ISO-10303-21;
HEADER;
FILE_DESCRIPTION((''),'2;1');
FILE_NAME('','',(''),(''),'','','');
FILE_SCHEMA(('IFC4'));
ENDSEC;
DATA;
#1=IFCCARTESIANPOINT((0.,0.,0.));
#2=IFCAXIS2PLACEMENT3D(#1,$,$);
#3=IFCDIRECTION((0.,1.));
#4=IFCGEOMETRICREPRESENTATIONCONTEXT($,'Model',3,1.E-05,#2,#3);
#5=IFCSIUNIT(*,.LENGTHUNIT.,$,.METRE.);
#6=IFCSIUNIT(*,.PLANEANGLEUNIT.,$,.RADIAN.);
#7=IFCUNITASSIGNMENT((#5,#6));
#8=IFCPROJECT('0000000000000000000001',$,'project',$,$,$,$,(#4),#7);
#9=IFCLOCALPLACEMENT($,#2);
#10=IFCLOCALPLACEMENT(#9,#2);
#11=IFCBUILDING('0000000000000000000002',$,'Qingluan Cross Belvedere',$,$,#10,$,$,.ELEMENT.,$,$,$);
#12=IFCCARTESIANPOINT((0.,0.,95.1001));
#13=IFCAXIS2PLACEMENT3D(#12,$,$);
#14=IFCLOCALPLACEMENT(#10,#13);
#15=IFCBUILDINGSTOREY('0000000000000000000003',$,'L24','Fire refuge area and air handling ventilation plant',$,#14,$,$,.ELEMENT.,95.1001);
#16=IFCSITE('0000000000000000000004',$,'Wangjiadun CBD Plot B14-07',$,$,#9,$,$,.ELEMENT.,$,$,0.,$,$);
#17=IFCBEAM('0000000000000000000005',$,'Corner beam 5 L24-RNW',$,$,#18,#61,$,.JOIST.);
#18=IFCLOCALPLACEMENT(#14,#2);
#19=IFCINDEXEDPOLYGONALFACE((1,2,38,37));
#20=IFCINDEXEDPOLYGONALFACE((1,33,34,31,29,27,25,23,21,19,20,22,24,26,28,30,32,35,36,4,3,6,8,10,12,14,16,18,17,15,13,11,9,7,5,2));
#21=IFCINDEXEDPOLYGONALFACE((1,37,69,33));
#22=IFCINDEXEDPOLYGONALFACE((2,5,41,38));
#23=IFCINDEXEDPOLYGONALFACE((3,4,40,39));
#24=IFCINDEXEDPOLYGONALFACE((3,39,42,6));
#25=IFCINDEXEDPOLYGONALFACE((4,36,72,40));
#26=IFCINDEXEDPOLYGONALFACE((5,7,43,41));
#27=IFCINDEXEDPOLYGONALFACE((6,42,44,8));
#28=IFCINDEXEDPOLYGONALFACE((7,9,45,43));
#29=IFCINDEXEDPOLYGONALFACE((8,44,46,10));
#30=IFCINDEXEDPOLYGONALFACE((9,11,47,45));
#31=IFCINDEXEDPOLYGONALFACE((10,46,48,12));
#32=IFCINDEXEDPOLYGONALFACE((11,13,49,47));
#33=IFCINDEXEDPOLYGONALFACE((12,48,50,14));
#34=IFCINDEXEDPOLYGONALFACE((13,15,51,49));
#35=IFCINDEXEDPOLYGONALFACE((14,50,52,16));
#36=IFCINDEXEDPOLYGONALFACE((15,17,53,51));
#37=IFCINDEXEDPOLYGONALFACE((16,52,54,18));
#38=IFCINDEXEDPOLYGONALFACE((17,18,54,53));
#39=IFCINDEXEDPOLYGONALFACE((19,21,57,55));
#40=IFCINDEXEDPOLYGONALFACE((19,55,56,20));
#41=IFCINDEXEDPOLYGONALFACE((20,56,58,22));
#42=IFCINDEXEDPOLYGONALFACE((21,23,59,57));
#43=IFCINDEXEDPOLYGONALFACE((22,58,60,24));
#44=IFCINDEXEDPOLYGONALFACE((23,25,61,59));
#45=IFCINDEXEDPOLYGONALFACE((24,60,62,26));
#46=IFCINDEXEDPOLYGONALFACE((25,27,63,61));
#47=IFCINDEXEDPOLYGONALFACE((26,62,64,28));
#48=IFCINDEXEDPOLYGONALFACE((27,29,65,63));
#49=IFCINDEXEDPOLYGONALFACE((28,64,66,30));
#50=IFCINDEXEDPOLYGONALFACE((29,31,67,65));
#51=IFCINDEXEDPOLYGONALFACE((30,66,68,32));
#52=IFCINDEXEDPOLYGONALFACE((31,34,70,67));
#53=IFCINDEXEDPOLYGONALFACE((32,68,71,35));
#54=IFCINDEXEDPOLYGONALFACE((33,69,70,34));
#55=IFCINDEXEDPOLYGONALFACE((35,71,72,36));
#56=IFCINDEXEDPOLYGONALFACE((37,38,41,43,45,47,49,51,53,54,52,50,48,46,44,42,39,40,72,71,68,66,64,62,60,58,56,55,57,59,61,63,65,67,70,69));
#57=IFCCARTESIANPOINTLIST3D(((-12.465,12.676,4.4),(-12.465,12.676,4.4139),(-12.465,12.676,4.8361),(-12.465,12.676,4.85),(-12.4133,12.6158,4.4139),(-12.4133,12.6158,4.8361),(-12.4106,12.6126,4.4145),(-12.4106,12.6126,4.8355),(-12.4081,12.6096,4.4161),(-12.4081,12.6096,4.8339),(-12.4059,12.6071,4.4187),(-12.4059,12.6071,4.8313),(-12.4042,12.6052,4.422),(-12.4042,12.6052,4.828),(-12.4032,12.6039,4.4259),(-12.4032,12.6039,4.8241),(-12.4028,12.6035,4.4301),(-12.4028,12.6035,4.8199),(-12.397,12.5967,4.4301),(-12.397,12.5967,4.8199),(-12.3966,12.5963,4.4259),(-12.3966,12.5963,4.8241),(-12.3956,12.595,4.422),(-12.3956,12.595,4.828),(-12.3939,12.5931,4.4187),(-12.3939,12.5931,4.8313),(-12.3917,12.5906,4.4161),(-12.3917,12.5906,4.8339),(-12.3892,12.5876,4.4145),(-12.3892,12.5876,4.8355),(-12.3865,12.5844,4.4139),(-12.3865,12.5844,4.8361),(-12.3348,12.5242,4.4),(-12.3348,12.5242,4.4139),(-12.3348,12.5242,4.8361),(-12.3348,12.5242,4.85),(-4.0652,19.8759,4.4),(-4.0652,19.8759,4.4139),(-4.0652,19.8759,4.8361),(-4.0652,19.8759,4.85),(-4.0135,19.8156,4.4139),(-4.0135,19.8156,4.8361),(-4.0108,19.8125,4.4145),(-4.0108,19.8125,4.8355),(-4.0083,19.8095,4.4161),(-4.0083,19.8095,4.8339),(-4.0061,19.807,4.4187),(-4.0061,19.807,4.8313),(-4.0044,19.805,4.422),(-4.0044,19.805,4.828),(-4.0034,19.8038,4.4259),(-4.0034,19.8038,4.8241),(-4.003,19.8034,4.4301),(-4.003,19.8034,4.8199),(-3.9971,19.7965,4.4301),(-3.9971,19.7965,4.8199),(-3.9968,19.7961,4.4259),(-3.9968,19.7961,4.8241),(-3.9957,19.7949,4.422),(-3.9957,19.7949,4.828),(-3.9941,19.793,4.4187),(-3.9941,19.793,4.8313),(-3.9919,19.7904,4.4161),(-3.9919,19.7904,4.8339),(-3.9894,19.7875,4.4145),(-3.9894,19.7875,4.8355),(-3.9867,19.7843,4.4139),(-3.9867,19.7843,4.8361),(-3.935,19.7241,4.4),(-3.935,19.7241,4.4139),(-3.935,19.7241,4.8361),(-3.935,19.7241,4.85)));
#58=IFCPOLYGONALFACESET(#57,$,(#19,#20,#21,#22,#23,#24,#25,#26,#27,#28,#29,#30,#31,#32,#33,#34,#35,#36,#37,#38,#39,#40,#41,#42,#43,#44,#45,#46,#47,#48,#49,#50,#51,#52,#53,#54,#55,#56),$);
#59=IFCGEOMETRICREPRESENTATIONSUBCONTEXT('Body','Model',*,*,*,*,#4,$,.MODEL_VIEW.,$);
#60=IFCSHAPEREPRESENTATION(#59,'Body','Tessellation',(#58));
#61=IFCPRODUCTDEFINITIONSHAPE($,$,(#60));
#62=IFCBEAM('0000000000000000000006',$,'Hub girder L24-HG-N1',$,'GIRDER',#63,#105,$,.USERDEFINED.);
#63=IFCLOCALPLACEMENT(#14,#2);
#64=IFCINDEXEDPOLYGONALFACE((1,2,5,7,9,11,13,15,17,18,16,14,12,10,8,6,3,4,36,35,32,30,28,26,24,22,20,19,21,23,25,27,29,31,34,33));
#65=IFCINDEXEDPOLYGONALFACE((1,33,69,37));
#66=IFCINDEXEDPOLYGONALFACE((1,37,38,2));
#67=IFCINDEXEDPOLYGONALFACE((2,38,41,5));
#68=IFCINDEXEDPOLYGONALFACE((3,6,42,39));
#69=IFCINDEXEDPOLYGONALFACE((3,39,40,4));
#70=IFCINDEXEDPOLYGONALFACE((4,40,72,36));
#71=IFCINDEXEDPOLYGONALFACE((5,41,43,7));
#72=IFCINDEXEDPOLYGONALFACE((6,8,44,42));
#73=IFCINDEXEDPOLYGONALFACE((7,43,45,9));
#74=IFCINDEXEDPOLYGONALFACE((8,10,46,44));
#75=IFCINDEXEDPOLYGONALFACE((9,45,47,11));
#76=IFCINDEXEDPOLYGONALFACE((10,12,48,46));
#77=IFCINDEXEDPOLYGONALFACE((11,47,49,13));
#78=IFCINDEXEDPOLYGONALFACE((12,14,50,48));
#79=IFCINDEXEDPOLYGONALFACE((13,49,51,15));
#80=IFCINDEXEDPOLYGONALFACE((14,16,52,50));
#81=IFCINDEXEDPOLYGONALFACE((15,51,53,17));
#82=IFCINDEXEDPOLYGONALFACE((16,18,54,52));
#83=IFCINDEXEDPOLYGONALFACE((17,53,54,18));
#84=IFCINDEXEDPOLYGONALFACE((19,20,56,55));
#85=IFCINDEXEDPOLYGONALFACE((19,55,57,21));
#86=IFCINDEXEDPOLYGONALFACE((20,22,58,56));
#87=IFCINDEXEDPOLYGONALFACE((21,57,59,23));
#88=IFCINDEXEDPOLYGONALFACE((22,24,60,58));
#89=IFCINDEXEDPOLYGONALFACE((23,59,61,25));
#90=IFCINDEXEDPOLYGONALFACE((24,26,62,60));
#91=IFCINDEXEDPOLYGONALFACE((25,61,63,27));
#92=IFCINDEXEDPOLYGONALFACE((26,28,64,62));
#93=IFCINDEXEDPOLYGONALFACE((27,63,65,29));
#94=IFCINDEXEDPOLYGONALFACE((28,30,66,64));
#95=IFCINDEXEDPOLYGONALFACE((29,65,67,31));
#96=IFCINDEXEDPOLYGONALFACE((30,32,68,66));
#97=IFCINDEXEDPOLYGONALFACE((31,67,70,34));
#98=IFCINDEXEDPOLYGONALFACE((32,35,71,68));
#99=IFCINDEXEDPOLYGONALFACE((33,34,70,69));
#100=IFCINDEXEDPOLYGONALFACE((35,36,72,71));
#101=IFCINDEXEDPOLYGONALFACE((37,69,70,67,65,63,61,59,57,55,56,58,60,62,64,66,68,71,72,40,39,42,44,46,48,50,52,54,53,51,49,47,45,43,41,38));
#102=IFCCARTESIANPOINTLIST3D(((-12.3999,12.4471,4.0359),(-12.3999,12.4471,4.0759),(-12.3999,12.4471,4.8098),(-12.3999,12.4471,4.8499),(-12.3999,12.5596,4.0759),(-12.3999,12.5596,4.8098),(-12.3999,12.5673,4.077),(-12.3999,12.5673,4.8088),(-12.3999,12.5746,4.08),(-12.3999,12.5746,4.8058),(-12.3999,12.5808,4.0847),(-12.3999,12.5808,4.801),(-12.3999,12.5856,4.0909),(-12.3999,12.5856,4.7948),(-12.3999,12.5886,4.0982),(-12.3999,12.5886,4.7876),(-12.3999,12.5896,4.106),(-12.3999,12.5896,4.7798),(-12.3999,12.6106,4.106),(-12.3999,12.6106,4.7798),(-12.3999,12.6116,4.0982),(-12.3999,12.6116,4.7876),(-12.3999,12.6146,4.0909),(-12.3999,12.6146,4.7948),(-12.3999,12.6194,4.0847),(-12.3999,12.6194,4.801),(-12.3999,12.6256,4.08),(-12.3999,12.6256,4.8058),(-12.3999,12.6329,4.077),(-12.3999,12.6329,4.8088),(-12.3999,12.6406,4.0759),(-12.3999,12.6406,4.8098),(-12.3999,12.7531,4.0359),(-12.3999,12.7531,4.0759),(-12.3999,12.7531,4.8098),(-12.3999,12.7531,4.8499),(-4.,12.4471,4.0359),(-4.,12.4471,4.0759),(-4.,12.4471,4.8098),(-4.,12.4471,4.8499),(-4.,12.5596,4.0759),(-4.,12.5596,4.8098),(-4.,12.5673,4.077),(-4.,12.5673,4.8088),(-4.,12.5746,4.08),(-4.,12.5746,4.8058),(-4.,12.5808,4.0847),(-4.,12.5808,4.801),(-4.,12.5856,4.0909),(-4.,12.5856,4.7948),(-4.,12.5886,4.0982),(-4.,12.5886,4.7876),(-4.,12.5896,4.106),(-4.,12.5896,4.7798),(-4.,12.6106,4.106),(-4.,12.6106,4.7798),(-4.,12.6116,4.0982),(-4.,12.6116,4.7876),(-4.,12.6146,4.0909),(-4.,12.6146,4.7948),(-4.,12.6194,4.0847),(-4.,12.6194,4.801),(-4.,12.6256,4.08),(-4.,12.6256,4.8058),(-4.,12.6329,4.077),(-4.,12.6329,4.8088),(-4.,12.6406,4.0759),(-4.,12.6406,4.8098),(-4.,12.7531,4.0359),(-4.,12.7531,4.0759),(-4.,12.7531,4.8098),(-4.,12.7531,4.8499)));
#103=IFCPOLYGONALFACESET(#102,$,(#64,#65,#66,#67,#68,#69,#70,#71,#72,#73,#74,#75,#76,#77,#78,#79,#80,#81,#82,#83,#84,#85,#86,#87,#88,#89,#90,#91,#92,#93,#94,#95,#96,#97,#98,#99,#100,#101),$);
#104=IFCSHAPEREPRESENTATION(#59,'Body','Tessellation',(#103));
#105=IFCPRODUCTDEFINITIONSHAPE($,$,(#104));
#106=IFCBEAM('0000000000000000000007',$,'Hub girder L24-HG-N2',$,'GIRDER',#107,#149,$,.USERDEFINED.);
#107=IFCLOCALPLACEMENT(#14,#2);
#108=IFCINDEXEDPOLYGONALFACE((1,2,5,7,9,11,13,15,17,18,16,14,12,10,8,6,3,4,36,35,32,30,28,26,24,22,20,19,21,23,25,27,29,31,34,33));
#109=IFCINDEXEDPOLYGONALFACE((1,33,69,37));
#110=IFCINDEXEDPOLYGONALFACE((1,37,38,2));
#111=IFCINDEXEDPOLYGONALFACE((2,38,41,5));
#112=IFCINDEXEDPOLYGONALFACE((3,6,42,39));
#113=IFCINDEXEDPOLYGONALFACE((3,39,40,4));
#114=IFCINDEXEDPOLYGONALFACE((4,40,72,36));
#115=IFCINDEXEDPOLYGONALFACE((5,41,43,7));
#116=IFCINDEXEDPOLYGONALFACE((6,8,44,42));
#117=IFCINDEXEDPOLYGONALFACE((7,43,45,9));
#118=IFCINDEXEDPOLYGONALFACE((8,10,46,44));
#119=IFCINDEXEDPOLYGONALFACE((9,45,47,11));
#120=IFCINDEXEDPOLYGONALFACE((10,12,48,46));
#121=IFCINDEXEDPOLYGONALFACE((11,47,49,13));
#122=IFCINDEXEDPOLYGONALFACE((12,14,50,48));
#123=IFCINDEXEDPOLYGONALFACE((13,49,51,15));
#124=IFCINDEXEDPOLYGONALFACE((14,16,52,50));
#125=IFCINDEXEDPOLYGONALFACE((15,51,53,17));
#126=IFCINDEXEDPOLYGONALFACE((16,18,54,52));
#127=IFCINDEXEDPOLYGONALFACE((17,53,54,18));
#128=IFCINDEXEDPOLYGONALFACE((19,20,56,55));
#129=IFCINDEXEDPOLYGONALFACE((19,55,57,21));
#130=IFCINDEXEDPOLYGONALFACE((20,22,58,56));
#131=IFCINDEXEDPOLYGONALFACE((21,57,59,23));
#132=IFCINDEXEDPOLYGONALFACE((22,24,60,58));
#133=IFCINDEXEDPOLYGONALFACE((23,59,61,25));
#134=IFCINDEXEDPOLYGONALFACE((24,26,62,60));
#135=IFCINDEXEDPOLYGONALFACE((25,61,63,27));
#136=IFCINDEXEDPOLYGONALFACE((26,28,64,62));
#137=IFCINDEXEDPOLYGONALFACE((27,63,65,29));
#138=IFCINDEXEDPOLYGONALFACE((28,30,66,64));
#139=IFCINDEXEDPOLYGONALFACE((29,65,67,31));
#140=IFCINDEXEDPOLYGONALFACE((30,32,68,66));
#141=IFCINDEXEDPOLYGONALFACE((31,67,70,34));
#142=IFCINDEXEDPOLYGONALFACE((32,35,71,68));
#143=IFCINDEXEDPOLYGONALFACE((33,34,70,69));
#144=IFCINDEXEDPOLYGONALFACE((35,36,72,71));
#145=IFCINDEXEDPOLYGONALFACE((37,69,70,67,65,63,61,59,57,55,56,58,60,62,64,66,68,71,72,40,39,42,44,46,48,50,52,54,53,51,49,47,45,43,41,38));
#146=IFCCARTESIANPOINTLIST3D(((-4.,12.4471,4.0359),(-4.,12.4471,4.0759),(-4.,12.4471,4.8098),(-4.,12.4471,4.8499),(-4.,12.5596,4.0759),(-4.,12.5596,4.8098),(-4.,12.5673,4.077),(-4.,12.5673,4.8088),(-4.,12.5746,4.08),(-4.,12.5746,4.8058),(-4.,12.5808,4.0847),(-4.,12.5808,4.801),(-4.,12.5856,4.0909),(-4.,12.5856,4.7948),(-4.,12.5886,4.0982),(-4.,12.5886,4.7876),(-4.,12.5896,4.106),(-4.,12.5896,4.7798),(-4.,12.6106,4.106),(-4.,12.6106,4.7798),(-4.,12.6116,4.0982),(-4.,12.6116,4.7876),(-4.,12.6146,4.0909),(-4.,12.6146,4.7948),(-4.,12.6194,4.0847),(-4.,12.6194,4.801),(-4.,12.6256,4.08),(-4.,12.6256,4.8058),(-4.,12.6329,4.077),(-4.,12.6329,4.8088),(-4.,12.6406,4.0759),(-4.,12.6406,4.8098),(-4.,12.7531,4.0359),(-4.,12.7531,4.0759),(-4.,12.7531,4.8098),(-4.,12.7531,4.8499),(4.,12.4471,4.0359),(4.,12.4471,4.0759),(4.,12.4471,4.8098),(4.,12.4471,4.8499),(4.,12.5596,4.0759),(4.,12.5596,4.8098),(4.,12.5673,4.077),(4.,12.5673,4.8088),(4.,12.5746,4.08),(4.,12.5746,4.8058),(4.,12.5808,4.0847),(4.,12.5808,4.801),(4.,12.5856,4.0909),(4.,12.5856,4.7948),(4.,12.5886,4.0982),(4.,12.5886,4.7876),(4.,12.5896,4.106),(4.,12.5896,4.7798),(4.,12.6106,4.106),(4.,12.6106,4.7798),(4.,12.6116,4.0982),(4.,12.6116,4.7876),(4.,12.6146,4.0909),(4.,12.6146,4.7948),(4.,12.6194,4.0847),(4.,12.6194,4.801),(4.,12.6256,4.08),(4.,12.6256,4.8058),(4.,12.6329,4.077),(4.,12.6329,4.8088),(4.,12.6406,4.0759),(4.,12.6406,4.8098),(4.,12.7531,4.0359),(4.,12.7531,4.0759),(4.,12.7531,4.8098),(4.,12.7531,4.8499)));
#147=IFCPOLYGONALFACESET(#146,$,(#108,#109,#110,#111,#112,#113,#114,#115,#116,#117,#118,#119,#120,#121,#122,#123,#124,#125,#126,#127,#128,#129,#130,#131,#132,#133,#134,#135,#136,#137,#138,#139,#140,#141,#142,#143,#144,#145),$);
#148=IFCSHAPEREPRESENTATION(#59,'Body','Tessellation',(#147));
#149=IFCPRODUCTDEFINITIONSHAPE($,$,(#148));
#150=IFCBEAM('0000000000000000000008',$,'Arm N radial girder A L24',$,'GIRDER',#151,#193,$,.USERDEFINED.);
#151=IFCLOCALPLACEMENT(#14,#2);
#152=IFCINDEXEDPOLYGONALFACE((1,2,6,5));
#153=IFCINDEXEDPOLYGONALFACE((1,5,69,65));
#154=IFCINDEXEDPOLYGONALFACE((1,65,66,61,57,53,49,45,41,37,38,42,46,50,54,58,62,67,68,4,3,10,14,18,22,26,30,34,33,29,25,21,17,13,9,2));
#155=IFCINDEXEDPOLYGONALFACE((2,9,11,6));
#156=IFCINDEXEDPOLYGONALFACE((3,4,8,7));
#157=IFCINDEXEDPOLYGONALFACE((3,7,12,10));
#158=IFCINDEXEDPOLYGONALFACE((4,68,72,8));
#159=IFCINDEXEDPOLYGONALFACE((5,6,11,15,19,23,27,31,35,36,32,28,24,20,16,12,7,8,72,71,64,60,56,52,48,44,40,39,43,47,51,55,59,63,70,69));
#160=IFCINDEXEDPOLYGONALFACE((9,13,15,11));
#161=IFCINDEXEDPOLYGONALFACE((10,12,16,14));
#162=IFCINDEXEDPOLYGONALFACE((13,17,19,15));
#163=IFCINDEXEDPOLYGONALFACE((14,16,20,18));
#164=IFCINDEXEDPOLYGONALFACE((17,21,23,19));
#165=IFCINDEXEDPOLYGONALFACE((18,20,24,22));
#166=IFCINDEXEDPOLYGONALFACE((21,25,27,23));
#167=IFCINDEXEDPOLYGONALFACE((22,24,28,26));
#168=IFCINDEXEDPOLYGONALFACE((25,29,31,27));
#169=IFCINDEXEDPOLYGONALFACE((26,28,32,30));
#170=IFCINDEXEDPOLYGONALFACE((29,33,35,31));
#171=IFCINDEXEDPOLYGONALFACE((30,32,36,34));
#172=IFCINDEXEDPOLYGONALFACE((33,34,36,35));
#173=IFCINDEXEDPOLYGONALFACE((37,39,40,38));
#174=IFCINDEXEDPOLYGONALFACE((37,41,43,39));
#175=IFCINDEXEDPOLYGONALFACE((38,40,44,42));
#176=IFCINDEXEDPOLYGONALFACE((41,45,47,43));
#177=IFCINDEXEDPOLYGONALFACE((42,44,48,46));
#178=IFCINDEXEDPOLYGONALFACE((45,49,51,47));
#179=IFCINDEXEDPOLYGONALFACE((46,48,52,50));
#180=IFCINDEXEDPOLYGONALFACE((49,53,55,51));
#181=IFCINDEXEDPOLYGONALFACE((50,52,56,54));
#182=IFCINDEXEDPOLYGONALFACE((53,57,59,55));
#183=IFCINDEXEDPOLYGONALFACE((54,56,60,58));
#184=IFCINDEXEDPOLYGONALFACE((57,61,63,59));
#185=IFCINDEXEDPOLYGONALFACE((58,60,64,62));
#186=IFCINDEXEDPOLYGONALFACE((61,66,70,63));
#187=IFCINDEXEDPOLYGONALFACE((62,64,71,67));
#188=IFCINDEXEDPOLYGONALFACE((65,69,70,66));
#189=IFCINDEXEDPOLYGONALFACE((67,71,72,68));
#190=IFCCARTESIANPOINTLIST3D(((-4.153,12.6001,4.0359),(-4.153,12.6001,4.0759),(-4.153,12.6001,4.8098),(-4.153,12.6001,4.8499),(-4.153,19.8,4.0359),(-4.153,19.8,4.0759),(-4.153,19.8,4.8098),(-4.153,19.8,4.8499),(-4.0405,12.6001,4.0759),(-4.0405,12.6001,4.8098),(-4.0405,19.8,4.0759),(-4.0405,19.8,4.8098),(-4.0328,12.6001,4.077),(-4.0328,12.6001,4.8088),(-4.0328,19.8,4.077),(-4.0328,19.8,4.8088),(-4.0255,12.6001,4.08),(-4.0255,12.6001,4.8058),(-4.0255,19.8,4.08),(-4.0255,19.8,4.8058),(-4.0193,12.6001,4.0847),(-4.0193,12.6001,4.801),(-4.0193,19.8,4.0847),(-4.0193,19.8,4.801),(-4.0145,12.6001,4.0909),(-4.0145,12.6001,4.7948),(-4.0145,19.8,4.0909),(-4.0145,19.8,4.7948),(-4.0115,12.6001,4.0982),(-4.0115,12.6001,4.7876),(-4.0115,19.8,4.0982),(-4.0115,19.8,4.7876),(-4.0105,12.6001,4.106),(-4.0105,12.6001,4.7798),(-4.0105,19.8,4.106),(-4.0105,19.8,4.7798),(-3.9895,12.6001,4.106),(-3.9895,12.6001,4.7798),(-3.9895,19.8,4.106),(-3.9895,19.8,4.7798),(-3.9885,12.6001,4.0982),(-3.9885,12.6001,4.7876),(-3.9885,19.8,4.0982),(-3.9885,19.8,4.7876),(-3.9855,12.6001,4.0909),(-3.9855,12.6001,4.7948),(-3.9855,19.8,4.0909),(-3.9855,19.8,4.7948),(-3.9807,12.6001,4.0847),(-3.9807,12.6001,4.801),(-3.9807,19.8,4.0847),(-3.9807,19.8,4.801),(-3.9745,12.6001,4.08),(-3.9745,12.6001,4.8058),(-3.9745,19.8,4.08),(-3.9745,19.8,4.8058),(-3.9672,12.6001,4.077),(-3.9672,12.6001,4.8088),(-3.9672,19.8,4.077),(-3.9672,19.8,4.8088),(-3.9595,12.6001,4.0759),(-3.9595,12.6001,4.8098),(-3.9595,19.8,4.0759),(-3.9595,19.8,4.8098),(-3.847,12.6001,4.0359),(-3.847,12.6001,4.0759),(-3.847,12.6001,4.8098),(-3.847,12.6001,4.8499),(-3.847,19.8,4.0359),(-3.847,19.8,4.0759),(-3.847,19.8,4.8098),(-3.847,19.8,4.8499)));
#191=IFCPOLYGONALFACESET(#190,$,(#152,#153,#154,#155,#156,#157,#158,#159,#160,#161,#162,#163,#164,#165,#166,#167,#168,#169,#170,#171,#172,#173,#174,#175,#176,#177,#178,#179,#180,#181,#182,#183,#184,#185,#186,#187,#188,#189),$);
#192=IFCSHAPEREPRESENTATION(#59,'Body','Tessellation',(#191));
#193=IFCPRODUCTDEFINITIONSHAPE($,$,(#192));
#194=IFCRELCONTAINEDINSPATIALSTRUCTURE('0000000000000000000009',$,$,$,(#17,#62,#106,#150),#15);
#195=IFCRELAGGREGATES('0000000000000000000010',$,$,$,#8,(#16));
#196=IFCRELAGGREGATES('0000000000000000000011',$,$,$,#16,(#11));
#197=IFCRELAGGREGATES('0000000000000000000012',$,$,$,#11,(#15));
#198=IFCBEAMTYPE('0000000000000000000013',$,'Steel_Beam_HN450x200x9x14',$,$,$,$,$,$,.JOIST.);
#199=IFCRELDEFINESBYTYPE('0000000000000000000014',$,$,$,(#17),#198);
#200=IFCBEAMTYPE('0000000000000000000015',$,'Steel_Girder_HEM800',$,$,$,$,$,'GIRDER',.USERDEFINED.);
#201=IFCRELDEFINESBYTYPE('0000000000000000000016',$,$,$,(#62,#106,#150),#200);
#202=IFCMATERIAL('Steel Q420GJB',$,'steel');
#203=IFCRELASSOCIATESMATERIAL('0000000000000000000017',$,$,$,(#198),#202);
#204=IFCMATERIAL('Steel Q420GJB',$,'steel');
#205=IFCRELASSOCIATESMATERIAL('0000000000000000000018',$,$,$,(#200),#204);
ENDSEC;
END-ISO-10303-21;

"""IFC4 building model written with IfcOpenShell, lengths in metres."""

from ifc_helpers import new_model, si_unit, direction, frame, origin, origin_2d, place, context, subcontext, project, spatial, i_section, extrude, material, material_profile, profile_set, type_object, element, save


model = new_model("IFC4")

# Units and contexts
model_context = context("Model", 3, precision=1e-05, world=origin(), true_north=direction((0.0, 1.0)))
body_context = subcontext(model_context, "Body", "Model", "MODEL_VIEW")
ifc_project = project(units=[si_unit("LENGTHUNIT", "METRE"), si_unit("PLANEANGLEUNIT", "RADIAN")], contexts=[model_context])

# Site, building, storey
site_placement = place(None, origin())
site = spatial("IfcSite", under=ifc_project, at=site_placement, Name="Wangjiadun CBD Plot B14-07", CompositionType="ELEMENT", RefElevation=0.0)
building_placement = place(site_placement, origin())
building = spatial("IfcBuilding", under=site, at=building_placement, Name="Qingluan Cross Belvedere", CompositionType="ELEMENT")
storey_placement = place(building_placement, frame((0.0, 0.0, 95.1001)))
storey = spatial("IfcBuildingStorey", under=building, at=storey_placement, Name="L24", Description="Fire refuge area and air handling ventilation plant", CompositionType="ELEMENT", Elevation=95.1001)

# Beams
ifc_material_1 = material(Name="Steel Q420GJB", Category="steel")
ifc_material_profile_1 = material_profile(ifc_material_1, i_section(OverallWidth=0.2, OverallDepth=0.45, WebThickness=0.009, FlangeThickness=0.0139, FilletRadius=0.0161, at=origin_2d()), Name="HN450x200x9x14")
ifc_profile_set_1 = profile_set([ifc_material_profile_1], Name="Steel Q420GJB")
beam_type_1 = type_object("IfcBeamType", Name="Steel_Beam_HN450x200x9x14", PredefinedType="JOIST", material=ifc_profile_set_1)
beam_1_placement = place(storey_placement, frame((-12.3999, 12.6001, 4.625), z_axis=(0.759255, 0.650793, 0.0), x_axis=(-0.650793, 0.759255, 0.0)))
element("IfcBeam", 1, at=beam_1_placement, inside=storey, type_object=beam_type_1, Name="Corner beam 5 L24-RNW", PredefinedType="JOIST", context=body_context, shape_type="SweptSolid", body=[
    extrude(i_section(OverallWidth=0.2, OverallDepth=0.45, WebThickness=0.009, FlangeThickness=0.0139, FilletRadius=0.0161, at=origin_2d()), origin(), (0.0, 0.0, 1.0), 11.0632),
])
ifc_material_2 = material(Name="Steel Q420GJB", Category="steel")
ifc_material_profile_2 = material_profile(ifc_material_2, i_section(OverallWidth=0.3059, OverallDepth=0.814, WebThickness=0.021, FlangeThickness=0.04, FilletRadius=0.03, at=origin_2d()), Name="HEM800")
ifc_profile_set_2 = profile_set([ifc_material_profile_2], Name="Steel Q420GJB")
beam_type_2 = type_object("IfcBeamType", Name="Steel_Girder_HEM800", ElementType="GIRDER", PredefinedType="USERDEFINED", material=ifc_profile_set_2)
beam_2_placement = place(storey_placement, frame((-12.3999, 12.6001, 4.4429), z_axis=(1.0, 0.0, 0.0), x_axis=(0.0, 1.0, 0.0)))
element("IfcBeam", 2, at=beam_2_placement, inside=storey, type_object=beam_type_2, Name="Hub girder L24-HG-N1", ObjectType="GIRDER", PredefinedType="USERDEFINED", context=body_context, shape_type="SweptSolid", body=[
    extrude(i_section(OverallWidth=0.3059, OverallDepth=0.814, WebThickness=0.021, FlangeThickness=0.04, FilletRadius=0.03, at=origin_2d()), origin(), (0.0, 0.0, 1.0), 8.3999),
])
beam_3_placement = place(storey_placement, frame((-4.0, 12.6001, 4.4429), z_axis=(1.0, 0.0, 0.0), x_axis=(0.0, 1.0, 0.0)))
element("IfcBeam", 3, at=beam_3_placement, inside=storey, type_object=beam_type_2, Name="Hub girder L24-HG-N2", ObjectType="GIRDER", PredefinedType="USERDEFINED", context=body_context, shape_type="SweptSolid", body=[
    extrude(i_section(OverallWidth=0.3059, OverallDepth=0.814, WebThickness=0.021, FlangeThickness=0.04, FilletRadius=0.03, at=origin_2d()), origin(), (0.0, 0.0, 1.0), 8.0),
])
beam_4_placement = place(storey_placement, frame((-4.0, 12.6001, 4.4429), z_axis=(0.0, 1.0, 0.0), x_axis=(-1.0, 0.0, 0.0)))
element("IfcBeam", 4, at=beam_4_placement, inside=storey, type_object=beam_type_2, Name="Arm N radial girder A L24", ObjectType="GIRDER", PredefinedType="USERDEFINED", context=body_context, shape_type="SweptSolid", body=[
    extrude(i_section(OverallWidth=0.3059, OverallDepth=0.814, WebThickness=0.021, FlangeThickness=0.04, FilletRadius=0.03, at=origin_2d()), origin(), (0.0, 0.0, 1.0), 7.2),
])

save(model, "model.ifc")
